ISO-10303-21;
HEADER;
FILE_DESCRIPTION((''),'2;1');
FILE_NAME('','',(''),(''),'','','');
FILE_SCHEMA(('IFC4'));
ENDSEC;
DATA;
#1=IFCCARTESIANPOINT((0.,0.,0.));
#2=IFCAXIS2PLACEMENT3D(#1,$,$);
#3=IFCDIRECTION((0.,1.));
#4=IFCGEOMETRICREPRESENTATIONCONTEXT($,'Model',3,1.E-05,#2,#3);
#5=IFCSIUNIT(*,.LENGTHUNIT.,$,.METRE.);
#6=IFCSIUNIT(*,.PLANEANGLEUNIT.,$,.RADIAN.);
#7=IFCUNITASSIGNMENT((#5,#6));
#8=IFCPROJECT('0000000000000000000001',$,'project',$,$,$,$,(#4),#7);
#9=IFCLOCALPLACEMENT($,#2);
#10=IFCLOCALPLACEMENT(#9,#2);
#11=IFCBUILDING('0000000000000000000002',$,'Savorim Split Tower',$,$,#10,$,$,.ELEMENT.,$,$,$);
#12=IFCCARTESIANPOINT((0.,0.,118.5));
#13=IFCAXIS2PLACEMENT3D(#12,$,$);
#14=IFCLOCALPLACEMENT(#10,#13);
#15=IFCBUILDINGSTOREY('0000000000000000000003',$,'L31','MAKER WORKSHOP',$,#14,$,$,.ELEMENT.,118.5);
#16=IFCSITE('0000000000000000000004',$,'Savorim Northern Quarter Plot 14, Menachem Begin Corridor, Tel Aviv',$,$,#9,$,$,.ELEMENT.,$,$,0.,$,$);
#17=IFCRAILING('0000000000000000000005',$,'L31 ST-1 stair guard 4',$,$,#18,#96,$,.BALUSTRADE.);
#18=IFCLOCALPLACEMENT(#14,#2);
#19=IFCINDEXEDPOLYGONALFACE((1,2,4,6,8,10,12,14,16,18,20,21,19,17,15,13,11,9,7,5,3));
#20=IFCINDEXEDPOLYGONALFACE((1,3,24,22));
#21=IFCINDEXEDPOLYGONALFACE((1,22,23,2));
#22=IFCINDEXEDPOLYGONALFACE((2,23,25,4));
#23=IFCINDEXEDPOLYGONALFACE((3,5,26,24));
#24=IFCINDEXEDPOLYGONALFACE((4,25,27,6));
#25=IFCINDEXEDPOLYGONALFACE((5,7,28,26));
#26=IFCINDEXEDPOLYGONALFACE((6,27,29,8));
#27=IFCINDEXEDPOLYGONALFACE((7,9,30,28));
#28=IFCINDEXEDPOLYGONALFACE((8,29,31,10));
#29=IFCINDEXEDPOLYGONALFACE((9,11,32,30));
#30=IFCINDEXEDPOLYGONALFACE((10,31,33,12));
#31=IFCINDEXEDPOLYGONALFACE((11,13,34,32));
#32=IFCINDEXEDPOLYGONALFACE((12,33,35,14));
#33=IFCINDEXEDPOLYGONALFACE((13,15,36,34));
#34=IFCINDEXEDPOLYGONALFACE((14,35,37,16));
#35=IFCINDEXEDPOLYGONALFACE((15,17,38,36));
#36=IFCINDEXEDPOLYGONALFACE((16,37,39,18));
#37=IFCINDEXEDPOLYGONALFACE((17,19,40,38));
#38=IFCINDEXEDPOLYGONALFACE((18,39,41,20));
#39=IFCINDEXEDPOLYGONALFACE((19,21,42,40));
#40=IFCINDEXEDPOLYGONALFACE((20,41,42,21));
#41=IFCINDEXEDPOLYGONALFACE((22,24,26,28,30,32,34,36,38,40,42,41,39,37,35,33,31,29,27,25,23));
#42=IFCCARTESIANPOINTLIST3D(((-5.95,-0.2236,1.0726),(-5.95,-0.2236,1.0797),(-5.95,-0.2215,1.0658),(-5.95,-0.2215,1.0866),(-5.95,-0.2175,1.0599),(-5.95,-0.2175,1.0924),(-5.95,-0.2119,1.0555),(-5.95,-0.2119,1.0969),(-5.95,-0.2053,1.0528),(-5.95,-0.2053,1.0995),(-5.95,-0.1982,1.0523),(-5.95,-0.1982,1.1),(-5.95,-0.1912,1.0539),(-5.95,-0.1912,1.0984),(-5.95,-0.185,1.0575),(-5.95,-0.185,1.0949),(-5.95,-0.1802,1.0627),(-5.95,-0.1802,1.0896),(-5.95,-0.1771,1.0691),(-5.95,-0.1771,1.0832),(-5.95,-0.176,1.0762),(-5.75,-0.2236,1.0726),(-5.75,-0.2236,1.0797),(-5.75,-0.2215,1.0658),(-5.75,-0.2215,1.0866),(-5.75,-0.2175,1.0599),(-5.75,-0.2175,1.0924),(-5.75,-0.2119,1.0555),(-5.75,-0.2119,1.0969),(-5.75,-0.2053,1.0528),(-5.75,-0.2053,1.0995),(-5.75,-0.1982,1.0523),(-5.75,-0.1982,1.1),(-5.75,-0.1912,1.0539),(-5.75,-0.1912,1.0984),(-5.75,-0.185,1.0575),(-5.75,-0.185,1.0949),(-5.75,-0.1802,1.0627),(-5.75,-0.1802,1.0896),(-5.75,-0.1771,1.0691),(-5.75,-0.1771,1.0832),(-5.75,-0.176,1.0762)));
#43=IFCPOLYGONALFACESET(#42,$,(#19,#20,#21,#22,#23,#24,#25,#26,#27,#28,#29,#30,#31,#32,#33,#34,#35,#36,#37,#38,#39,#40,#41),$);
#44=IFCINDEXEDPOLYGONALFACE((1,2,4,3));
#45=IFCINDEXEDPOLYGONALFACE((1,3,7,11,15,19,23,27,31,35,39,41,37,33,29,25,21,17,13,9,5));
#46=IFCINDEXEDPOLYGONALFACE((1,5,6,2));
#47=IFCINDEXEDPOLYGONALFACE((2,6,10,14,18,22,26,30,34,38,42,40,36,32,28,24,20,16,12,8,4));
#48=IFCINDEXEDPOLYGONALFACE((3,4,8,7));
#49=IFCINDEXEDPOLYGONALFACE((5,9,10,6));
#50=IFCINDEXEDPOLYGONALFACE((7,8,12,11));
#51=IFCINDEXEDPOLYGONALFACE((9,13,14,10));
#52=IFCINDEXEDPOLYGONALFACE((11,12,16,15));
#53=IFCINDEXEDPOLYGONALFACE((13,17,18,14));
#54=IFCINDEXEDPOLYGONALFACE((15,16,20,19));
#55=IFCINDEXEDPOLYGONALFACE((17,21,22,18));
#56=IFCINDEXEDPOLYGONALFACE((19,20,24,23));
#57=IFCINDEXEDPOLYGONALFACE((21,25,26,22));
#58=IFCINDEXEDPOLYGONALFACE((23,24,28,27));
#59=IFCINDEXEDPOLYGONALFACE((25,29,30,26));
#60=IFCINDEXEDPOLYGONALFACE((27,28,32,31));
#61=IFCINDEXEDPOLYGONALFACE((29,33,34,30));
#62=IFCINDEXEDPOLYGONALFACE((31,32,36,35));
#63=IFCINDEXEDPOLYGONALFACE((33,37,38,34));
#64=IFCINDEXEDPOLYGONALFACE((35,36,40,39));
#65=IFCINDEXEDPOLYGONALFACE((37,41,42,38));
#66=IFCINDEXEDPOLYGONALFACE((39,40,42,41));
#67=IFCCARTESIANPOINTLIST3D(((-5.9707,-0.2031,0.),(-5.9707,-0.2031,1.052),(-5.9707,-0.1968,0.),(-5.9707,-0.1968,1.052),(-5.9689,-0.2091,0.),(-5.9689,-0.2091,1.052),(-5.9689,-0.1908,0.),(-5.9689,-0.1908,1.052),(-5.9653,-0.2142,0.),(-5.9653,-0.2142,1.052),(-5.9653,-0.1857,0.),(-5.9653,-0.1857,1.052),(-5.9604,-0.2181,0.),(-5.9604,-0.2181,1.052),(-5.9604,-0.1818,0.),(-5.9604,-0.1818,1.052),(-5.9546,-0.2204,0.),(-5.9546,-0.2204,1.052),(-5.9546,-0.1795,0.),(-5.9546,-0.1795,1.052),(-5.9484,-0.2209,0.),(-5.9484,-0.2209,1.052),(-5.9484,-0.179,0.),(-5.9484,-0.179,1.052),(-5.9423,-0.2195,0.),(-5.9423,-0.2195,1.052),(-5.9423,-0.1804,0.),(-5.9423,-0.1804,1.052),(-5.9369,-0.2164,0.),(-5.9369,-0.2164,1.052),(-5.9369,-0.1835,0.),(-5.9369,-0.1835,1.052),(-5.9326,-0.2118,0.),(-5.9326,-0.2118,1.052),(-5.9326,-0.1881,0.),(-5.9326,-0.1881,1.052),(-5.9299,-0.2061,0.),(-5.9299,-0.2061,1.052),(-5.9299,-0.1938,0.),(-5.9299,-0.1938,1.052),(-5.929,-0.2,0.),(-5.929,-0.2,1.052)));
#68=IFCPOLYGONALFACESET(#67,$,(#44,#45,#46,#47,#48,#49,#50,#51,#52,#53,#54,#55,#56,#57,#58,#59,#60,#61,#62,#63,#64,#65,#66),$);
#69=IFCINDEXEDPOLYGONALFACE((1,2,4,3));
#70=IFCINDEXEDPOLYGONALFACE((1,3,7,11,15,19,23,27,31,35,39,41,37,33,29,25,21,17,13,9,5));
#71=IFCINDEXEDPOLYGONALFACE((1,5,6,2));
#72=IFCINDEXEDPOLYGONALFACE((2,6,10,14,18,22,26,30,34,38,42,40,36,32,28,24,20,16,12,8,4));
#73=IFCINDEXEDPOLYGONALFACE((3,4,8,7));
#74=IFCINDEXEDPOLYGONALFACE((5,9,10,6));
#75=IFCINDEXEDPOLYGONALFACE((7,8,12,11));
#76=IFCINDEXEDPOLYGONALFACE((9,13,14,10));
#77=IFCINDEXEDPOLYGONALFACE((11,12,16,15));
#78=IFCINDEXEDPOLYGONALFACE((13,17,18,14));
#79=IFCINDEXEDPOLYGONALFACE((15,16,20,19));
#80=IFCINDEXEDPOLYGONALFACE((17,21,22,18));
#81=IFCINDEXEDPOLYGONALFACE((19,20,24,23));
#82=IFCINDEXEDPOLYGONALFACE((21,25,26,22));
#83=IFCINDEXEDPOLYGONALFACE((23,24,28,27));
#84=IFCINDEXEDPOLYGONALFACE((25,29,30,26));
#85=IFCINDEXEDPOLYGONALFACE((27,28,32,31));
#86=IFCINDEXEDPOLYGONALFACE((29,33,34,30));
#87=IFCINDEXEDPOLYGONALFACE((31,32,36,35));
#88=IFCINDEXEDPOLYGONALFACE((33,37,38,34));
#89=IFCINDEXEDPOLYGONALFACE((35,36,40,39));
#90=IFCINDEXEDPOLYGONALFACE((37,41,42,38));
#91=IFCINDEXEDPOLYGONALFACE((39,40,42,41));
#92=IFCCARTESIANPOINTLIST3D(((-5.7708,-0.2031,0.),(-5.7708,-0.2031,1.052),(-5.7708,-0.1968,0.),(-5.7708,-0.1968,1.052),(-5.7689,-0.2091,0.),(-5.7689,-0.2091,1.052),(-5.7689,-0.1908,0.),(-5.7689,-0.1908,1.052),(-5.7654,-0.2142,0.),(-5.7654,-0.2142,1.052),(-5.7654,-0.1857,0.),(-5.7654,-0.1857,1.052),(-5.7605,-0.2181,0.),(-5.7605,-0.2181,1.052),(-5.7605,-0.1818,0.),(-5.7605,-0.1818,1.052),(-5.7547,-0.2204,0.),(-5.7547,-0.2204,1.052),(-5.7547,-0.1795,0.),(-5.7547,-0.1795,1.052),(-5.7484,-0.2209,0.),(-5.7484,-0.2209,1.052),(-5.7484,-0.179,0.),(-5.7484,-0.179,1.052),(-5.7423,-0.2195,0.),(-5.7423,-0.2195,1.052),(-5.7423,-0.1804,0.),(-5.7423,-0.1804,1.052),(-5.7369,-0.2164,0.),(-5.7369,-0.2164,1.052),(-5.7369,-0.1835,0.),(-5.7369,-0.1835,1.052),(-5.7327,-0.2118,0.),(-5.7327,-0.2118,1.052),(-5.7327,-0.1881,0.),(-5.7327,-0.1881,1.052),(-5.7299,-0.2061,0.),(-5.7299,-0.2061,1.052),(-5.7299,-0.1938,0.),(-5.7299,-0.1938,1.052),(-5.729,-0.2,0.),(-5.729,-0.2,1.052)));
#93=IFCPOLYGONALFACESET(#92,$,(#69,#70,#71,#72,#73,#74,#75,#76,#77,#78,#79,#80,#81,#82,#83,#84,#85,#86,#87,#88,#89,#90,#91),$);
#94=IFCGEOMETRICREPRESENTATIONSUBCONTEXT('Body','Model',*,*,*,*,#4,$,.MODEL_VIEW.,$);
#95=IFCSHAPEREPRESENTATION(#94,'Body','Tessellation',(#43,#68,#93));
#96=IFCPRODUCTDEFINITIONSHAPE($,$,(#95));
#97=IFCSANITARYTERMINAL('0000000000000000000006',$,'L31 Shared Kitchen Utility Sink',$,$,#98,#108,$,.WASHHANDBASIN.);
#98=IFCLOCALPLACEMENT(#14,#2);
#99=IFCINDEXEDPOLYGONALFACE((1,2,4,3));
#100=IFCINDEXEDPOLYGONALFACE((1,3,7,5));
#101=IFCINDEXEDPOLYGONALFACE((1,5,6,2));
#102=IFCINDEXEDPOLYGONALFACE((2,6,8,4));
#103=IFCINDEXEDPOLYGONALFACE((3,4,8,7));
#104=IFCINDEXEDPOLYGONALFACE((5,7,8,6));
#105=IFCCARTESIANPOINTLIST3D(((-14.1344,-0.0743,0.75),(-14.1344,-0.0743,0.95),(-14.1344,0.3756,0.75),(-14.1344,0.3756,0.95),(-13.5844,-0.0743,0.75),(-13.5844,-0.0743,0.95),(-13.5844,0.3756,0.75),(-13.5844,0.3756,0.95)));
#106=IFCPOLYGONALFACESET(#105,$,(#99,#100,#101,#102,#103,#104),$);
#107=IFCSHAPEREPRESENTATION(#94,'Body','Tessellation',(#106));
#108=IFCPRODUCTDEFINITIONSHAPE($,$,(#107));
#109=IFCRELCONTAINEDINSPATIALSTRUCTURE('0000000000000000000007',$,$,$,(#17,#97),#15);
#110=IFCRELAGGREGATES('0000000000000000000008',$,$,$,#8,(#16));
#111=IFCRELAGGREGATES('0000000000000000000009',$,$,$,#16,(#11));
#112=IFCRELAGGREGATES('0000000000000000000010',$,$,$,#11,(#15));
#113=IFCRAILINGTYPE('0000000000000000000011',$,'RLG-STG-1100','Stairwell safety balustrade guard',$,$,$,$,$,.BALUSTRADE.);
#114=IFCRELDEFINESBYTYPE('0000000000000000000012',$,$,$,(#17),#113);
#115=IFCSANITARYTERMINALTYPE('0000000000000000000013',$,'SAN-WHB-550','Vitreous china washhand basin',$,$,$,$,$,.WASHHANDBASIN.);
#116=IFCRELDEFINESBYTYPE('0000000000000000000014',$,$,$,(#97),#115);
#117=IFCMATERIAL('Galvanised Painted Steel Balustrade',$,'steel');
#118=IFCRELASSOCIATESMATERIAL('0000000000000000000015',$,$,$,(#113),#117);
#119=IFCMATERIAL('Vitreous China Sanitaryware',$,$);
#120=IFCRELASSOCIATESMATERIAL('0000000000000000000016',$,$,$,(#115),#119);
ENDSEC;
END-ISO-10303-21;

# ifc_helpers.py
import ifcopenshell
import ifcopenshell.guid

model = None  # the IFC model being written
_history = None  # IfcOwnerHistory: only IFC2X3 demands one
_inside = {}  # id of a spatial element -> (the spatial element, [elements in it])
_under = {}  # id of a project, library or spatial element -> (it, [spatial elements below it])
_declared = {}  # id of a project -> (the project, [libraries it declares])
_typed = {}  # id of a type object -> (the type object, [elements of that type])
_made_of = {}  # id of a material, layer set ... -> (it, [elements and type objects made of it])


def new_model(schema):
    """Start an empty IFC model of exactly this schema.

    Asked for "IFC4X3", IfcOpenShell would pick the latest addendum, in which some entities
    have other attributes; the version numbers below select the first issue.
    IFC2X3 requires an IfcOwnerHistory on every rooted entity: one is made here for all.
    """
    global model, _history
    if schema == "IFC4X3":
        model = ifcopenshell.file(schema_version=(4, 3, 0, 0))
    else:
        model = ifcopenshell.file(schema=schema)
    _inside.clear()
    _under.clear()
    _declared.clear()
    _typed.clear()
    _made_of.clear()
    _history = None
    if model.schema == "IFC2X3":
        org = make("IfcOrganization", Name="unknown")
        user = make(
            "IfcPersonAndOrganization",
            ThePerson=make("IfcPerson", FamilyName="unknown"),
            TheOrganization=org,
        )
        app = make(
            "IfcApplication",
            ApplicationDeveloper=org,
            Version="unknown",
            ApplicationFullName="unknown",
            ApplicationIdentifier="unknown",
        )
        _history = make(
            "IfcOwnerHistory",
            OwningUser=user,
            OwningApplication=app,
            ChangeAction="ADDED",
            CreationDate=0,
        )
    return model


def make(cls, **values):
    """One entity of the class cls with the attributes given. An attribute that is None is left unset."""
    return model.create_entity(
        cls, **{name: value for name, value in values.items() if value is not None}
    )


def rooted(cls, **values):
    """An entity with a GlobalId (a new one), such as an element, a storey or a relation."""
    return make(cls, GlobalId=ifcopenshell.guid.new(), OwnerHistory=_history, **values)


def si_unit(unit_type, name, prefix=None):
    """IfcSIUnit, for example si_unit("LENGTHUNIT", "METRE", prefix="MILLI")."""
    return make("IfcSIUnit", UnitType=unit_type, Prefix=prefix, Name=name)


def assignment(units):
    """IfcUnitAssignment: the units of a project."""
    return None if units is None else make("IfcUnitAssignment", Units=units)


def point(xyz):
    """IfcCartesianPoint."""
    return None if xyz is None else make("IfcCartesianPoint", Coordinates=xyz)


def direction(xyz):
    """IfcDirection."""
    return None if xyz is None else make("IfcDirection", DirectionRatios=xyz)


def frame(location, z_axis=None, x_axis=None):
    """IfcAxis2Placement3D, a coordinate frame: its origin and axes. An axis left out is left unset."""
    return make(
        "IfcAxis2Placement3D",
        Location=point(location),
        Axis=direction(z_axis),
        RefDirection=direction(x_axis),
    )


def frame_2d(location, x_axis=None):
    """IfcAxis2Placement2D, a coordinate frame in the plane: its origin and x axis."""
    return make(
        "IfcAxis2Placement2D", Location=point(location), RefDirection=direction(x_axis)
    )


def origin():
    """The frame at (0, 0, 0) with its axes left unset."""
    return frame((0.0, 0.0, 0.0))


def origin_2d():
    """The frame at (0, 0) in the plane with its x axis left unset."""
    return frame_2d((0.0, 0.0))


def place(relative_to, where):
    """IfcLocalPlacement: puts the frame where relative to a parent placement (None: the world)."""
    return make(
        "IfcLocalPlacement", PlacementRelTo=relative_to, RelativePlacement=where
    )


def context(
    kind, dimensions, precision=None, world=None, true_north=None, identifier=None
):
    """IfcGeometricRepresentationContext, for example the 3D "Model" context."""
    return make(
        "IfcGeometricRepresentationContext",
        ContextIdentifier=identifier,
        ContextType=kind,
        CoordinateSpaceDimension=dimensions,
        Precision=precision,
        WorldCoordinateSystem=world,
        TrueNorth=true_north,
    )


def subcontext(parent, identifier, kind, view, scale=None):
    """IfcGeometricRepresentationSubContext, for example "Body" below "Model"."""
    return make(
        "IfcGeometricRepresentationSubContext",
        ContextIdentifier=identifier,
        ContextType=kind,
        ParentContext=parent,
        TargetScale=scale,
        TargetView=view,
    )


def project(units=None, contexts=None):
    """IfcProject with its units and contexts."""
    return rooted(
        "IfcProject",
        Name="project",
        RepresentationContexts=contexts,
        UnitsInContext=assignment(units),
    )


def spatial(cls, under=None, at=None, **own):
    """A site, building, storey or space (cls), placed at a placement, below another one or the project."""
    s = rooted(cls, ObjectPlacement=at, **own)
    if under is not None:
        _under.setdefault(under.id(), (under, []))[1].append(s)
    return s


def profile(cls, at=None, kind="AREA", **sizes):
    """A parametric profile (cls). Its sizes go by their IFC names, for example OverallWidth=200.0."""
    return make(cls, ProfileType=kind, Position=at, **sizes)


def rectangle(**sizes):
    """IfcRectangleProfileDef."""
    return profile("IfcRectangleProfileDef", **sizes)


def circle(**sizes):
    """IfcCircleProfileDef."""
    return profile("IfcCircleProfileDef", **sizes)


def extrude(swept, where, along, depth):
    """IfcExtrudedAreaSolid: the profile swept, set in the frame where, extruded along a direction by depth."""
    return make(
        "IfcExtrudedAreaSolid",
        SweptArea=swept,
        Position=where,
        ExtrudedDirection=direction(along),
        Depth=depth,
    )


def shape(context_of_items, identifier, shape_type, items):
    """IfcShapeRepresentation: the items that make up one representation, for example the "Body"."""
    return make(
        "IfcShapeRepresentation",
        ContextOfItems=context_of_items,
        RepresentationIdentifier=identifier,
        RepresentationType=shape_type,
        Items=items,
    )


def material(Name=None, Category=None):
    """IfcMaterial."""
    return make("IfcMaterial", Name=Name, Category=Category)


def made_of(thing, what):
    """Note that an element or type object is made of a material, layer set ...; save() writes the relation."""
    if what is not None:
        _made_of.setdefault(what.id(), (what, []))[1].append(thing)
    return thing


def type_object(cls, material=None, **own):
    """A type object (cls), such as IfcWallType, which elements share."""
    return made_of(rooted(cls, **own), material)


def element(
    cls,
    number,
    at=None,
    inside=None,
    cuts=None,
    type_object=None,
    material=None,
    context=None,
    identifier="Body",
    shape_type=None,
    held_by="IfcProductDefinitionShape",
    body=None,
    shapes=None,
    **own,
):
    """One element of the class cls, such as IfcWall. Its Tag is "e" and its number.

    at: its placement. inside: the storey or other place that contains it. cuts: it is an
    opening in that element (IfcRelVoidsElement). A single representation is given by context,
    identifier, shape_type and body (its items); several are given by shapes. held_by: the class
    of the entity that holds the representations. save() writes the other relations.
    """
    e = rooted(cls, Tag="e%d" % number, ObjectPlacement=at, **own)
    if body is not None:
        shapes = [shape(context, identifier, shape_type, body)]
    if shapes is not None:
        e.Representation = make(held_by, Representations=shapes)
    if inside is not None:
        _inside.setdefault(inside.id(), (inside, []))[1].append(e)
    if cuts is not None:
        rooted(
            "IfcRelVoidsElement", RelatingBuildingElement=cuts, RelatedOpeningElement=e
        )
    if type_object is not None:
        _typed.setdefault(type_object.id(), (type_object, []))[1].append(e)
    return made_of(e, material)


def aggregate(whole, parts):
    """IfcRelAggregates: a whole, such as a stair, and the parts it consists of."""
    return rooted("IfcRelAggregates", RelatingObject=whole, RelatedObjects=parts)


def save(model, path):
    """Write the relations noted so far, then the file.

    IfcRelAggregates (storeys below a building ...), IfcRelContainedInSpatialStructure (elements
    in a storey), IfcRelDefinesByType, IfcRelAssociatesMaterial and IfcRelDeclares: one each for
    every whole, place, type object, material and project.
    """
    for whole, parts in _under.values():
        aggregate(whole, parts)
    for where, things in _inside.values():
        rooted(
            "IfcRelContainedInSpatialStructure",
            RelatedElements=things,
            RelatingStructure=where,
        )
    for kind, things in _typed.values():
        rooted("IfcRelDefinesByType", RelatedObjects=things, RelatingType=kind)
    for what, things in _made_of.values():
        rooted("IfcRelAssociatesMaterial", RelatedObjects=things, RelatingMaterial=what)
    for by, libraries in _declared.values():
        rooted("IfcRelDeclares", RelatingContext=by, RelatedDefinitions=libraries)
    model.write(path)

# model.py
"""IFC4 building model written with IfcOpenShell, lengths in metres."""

from ifc_helpers import new_model, si_unit, direction, frame, origin, origin_2d, place, context, subcontext, project, spatial, rectangle, circle, extrude, material, type_object, element, save


model = new_model("IFC4")

# Units and contexts
model_context = context("Model", 3, precision=1e-05, world=origin(), true_north=direction((0.0, 1.0)))
body_context = subcontext(model_context, "Body", "Model", "MODEL_VIEW")
ifc_project = project(units=[si_unit("LENGTHUNIT", "METRE"), si_unit("PLANEANGLEUNIT", "RADIAN")], contexts=[model_context])

# Site, building, storey
site_placement = place(None, origin())
site = spatial("IfcSite", under=ifc_project, at=site_placement, Name="Savorim Northern Quarter Plot 14, Menachem Begin Corridor, Tel Aviv", CompositionType="ELEMENT", RefElevation=0.0)
building_placement = place(site_placement, origin())
building = spatial("IfcBuilding", under=site, at=building_placement, Name="Savorim Split Tower", CompositionType="ELEMENT")
storey_placement = place(building_placement, frame((0.0, 0.0, 118.5)))
storey = spatial("IfcBuildingStorey", under=building, at=storey_placement, Name="L31", Description="MAKER WORKSHOP", CompositionType="ELEMENT", Elevation=118.5)

# Railing
ifc_material_1 = material(Name="Galvanised Painted Steel Balustrade", Category="steel")
railing_type_1 = type_object("IfcRailingType", Name="RLG-STG-1100", Description="Stairwell safety balustrade guard", PredefinedType="BALUSTRADE", material=ifc_material_1)
railing_1_placement = place(storey_placement, frame((-5.95, -0.2, 0.0)))
element("IfcRailing", 1, at=railing_1_placement, inside=storey, type_object=railing_type_1, Name="L31 ST-1 stair guard 4", PredefinedType="BALUSTRADE", context=body_context, shape_type="SweptSolid", body=[
    extrude(circle(Radius=0.0239, at=origin_2d()), frame((0.0, 0.0, 1.0762), z_axis=(1.0, 0.0, 0.0), x_axis=(0.0, 1.0, 0.0)), (0.0, 0.0, 1.0), 0.2),
    extrude(circle(Radius=0.021, at=origin_2d()), origin(), (0.0, 0.0, 1.0), 1.052),
    extrude(circle(Radius=0.021, at=origin_2d()), frame((0.2, 0.0, 0.0)), (0.0, 0.0, 1.0), 1.052),
])

# Sanitary terminal
ifc_material_2 = material(Name="Vitreous China Sanitaryware")
sanitary_terminal_type = type_object("IfcSanitaryTerminalType", Name="SAN-WHB-550", Description="Vitreous china washhand basin", PredefinedType="WASHHANDBASIN", material=ifc_material_2)
sanitary_terminal_placement = place(storey_placement, frame((-13.8594, 0.1506, 0.75), z_axis=(0.0, 0.0, 1.0), x_axis=(1.0, 0.0, 0.0)))
element("IfcSanitaryTerminal", 2, at=sanitary_terminal_placement, inside=storey, type_object=sanitary_terminal_type, Name="L31 Shared Kitchen Utility Sink", PredefinedType="WASHHANDBASIN", context=body_context, shape_type="SweptSolid", body=[
    extrude(rectangle(XDim=0.55, YDim=0.45, at=origin_2d()), origin(), (0.0, 0.0, 1.0), 0.2),
])

save(model, "model.ifc")
